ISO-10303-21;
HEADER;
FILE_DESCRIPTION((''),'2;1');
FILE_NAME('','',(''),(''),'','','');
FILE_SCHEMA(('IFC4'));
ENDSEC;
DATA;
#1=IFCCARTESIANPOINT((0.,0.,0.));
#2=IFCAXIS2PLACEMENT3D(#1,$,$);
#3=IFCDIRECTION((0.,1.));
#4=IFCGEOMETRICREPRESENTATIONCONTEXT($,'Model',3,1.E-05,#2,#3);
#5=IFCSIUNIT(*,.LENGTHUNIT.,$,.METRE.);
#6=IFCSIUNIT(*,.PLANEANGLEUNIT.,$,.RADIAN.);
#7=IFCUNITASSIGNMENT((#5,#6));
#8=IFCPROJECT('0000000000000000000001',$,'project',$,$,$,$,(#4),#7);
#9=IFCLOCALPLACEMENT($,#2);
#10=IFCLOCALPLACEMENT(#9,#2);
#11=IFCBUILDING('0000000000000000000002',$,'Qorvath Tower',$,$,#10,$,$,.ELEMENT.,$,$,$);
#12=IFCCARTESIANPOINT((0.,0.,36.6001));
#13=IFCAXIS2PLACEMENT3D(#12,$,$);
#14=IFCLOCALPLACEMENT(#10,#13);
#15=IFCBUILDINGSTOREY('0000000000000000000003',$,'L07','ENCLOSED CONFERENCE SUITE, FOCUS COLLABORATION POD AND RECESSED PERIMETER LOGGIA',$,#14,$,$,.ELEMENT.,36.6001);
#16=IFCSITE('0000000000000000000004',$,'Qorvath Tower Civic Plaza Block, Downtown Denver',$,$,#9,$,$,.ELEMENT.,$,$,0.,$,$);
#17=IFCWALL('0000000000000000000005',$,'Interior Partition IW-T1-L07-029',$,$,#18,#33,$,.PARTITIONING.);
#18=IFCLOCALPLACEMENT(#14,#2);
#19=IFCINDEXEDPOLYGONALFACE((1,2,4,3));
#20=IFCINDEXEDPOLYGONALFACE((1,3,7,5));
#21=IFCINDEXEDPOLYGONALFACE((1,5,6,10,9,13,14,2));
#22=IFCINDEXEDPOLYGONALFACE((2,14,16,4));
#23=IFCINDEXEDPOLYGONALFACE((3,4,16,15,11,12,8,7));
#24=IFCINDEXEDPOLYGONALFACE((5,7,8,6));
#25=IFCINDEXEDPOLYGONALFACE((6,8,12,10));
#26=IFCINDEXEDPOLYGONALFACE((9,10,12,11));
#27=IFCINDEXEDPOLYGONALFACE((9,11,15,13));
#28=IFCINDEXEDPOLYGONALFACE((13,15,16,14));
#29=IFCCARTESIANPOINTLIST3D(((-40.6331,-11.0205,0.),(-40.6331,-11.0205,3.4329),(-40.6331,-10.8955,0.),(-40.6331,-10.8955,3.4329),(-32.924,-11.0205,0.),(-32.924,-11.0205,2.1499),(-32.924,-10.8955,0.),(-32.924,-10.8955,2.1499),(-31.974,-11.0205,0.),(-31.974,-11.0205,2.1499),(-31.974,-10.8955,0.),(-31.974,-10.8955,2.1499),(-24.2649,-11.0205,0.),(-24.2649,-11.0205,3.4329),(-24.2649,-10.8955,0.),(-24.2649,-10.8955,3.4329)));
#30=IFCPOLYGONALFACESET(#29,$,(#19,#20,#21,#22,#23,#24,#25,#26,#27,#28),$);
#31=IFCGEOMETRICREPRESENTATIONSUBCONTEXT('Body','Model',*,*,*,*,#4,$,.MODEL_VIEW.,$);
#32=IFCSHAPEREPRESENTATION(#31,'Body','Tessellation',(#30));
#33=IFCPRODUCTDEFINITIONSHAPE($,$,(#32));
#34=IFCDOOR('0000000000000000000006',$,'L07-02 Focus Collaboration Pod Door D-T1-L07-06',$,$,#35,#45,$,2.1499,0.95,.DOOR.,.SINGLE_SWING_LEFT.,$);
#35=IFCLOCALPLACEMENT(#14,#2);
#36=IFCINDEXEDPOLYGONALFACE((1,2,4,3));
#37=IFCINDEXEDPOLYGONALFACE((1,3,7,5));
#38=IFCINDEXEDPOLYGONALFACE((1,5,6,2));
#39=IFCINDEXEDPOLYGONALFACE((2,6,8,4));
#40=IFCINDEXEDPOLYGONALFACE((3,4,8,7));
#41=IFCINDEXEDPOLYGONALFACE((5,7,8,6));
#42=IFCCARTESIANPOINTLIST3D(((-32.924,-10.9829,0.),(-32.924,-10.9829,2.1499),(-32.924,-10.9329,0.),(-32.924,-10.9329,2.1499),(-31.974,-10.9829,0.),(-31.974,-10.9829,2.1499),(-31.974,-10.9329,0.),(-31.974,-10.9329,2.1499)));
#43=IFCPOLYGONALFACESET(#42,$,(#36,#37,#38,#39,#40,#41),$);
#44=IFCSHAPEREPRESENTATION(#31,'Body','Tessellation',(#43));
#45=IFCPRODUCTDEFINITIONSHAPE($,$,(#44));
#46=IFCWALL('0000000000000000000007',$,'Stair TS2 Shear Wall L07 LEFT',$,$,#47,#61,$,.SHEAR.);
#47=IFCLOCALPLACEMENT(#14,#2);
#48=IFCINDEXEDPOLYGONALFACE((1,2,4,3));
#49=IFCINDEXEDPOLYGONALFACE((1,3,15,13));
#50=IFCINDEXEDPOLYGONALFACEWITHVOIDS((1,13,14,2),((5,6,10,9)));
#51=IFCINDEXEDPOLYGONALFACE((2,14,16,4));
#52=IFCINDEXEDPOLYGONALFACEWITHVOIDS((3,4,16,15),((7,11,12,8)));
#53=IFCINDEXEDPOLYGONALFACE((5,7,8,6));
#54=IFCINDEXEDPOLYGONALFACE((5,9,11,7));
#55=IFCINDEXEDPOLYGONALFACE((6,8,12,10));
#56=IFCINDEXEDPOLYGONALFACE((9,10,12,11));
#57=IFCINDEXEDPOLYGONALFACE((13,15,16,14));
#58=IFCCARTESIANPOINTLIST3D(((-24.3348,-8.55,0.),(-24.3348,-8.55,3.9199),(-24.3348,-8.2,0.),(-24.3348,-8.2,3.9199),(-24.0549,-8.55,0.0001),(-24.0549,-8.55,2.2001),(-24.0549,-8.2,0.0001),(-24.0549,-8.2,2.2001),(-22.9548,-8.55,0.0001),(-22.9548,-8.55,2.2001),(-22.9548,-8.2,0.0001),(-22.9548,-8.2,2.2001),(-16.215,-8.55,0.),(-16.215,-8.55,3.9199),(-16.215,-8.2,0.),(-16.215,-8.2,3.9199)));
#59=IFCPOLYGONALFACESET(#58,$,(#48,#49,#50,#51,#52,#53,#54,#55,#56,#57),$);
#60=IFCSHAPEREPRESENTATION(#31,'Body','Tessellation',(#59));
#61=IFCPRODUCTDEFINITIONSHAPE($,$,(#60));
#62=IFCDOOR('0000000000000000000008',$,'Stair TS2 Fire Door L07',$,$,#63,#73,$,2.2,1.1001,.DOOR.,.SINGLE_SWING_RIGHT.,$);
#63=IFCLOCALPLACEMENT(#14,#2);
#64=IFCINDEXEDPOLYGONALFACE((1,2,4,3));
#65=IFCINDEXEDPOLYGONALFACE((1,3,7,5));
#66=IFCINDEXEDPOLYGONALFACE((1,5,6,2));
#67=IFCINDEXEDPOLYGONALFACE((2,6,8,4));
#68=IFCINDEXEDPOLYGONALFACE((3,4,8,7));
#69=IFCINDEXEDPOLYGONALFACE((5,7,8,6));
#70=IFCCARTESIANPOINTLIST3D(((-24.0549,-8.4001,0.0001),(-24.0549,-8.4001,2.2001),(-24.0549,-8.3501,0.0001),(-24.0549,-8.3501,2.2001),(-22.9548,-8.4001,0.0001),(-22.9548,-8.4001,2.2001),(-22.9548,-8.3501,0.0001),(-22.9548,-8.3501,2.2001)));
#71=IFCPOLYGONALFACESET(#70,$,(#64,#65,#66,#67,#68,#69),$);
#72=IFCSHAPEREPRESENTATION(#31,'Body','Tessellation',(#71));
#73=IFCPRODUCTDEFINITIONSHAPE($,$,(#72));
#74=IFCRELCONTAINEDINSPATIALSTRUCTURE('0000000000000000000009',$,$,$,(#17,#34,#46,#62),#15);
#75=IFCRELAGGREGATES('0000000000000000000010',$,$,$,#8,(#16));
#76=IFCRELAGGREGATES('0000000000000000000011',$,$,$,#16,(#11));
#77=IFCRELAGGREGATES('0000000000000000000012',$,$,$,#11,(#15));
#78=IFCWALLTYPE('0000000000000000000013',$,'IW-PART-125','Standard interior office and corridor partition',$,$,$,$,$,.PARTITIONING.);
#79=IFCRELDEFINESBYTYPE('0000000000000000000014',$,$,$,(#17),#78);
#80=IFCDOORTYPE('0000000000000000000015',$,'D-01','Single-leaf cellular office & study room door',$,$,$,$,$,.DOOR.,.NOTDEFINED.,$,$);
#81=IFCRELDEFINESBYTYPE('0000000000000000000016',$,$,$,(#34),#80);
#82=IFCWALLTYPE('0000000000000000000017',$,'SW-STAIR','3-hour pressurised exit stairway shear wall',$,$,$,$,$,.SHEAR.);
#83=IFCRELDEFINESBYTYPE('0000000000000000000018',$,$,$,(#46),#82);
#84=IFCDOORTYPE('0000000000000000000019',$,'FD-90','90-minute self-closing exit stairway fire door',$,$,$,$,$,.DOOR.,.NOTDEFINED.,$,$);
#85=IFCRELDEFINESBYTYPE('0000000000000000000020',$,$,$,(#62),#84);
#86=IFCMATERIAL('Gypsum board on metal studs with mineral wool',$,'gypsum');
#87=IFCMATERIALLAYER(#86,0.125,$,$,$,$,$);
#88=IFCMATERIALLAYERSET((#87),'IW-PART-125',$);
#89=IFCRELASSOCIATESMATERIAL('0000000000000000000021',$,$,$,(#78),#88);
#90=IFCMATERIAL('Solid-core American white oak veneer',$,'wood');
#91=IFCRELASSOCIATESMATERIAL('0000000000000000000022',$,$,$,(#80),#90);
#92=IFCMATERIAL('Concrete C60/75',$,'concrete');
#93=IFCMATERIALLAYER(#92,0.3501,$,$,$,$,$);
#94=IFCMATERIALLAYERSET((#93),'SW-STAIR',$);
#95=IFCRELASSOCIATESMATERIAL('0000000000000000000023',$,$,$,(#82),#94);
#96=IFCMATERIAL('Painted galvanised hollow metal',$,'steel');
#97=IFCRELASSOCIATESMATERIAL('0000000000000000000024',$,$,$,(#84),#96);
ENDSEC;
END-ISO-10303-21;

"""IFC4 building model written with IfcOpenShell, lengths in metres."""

from ifc_helpers import new_model, si_unit, direction, frame, frame_2d, origin, place, context, subcontext, project, spatial, rectangle, extrude, material, layer, layer_set, type_object, element, fill, save


model = new_model("IFC4")

# Units and contexts
model_context = context("Model", 3, precision=1e-05, world=origin(), true_north=direction((0.0, 1.0)))
body_context = subcontext(model_context, "Body", "Model", "MODEL_VIEW")
ifc_project = project(units=[si_unit("LENGTHUNIT", "METRE"), si_unit("PLANEANGLEUNIT", "RADIAN")], contexts=[model_context])

# Site, building, storey
site_placement = place(None, origin())
site = spatial("IfcSite", under=ifc_project, at=site_placement, Name="Qorvath Tower Civic Plaza Block, Downtown Denver", CompositionType="ELEMENT", RefElevation=0.0)
building_placement = place(site_placement, origin())
building = spatial("IfcBuilding", under=site, at=building_placement, Name="Qorvath Tower", CompositionType="ELEMENT")
storey_placement = place(building_placement, frame((0.0, 0.0, 36.6001)))
storey = spatial("IfcBuildingStorey", under=building, at=storey_placement, Name="L07", Description="ENCLOSED CONFERENCE SUITE, FOCUS COLLABORATION POD AND RECESSED PERIMETER LOGGIA", CompositionType="ELEMENT", Elevation=36.6001)

# Walls, openings, doors
ifc_material_1 = material(Name="Gypsum board on metal studs with mineral wool", Category="gypsum")
ifc_layer_1 = layer(ifc_material_1, 0.125)
ifc_layer_set_1 = layer_set([ifc_layer_1], Name="IW-PART-125")
wall_type_1 = type_object("IfcWallType", Name="IW-PART-125", Description="Standard interior office and corridor partition", PredefinedType="PARTITIONING", material=ifc_layer_set_1)
wall_1_placement = place(storey_placement, frame((-24.2649, -10.958, 0.0), z_axis=(0.0, 0.0, 1.0), x_axis=(-1.0, 0.0, 0.0)))
wall_1 = element("IfcWall", 1, at=wall_1_placement, inside=storey, type_object=wall_type_1, Name="Interior Partition IW-T1-L07-029", PredefinedType="PARTITIONING", context=body_context, shape_type="SweptSolid", body=[
    extrude(rectangle(XDim=16.3682, YDim=0.125, at=frame_2d((8.1841, 0.0))), origin(), (0.0, 0.0, 1.0), 3.4329),
])
opening_1_placement = place(wall_1_placement, frame((7.709, 0.0, 0.0)))
opening_1 = element("IfcOpeningElement", 2, at=opening_1_placement, cuts=wall_1, PredefinedType="OPENING", context=body_context, shape_type="SweptSolid", body=[
    extrude(rectangle(XDim=0.95, YDim=2.1499, at=frame_2d((0.4751, 1.075))), frame((0.0, 0.0725, 0.0), z_axis=(0.0, -1.0, 0.0), x_axis=(1.0, 0.0, 0.0)), (0.0, 0.0, 1.0), 0.145),
])
ifc_material_2 = material(Name="Solid-core American white oak veneer", Category="wood")
door_type_1 = type_object("IfcDoorType", Name="D-01", Description="Single-leaf cellular office & study room door", OperationType="NOTDEFINED", PredefinedType="DOOR", material=ifc_material_2)
door_1_placement = place(opening_1_placement, origin())
door_1 = element("IfcDoor", 3, at=door_1_placement, inside=storey, type_object=door_type_1, Name="L07-02 Focus Collaboration Pod Door D-T1-L07-06", OperationType="SINGLE_SWING_LEFT", OverallHeight=2.1499, OverallWidth=0.95, PredefinedType="DOOR", context=body_context, shape_type="SweptSolid", body=[
    extrude(rectangle(XDim=0.95, YDim=2.1499, at=frame_2d((0.4751, 1.075))), frame((0.0, 0.0249, 0.0), z_axis=(0.0, -1.0, 0.0), x_axis=(1.0, 0.0, 0.0)), (0.0, 0.0, 1.0), 0.05),
])
fill(opening_1, door_1)
ifc_material_3 = material(Name="Concrete C60/75", Category="concrete")
ifc_layer_2 = layer(ifc_material_3, 0.3501)
ifc_layer_set_2 = layer_set([ifc_layer_2], Name="SW-STAIR")
wall_type_2 = type_object("IfcWallType", Name="SW-STAIR", Description="3-hour pressurised exit stairway shear wall", PredefinedType="SHEAR", material=ifc_layer_set_2)
wall_2_placement = place(storey_placement, frame((-24.335, -8.375, 0.0), z_axis=(0.0, 0.0, 1.0), x_axis=(1.0, 0.0, 0.0)))
wall_2 = element("IfcWall", 4, at=wall_2_placement, inside=storey, type_object=wall_type_2, Name="Stair TS2 Shear Wall L07 LEFT", PredefinedType="SHEAR", context=body_context, shape_type="SweptSolid", body=[
    extrude(rectangle(XDim=8.1199, YDim=0.3501, at=frame_2d((4.0601, 0.0))), origin(), (0.0, 0.0, 1.0), 3.9199),
])
opening_2_placement = place(wall_2_placement, frame((0.28, 0.0, 0.0)))
opening_2 = element("IfcOpeningElement", 5, at=opening_2_placement, cuts=wall_2, PredefinedType="OPENING", context=body_context, shape_type="SweptSolid", body=[
    extrude(rectangle(XDim=1.1001, YDim=2.2, at=frame_2d((0.55, 1.1001))), frame((0.0, 0.1851, 0.0), z_axis=(0.0, -1.0, 0.0), x_axis=(1.0, 0.0, 0.0)), (0.0, 0.0, 1.0), 0.3701),
])
ifc_material_4 = material(Name="Painted galvanised hollow metal", Category="steel")
door_type_2 = type_object("IfcDoorType", Name="FD-90", Description="90-minute self-closing exit stairway fire door", OperationType="NOTDEFINED", PredefinedType="DOOR", material=ifc_material_4)
door_2_placement = place(opening_2_placement, origin())
door_2 = element("IfcDoor", 6, at=door_2_placement, inside=storey, type_object=door_type_2, Name="Stair TS2 Fire Door L07", OperationType="SINGLE_SWING_RIGHT", OverallHeight=2.2, OverallWidth=1.1001, PredefinedType="DOOR", context=body_context, shape_type="SweptSolid", body=[
    extrude(rectangle(XDim=1.1001, YDim=2.2, at=frame_2d((0.55, 1.1001))), frame((0.0, 0.0249, 0.0), z_axis=(0.0, -1.0, 0.0), x_axis=(1.0, 0.0, 0.0)), (0.0, 0.0, 1.0), 0.05),
])
fill(opening_2, door_2)

save(model, "model.ifc")
